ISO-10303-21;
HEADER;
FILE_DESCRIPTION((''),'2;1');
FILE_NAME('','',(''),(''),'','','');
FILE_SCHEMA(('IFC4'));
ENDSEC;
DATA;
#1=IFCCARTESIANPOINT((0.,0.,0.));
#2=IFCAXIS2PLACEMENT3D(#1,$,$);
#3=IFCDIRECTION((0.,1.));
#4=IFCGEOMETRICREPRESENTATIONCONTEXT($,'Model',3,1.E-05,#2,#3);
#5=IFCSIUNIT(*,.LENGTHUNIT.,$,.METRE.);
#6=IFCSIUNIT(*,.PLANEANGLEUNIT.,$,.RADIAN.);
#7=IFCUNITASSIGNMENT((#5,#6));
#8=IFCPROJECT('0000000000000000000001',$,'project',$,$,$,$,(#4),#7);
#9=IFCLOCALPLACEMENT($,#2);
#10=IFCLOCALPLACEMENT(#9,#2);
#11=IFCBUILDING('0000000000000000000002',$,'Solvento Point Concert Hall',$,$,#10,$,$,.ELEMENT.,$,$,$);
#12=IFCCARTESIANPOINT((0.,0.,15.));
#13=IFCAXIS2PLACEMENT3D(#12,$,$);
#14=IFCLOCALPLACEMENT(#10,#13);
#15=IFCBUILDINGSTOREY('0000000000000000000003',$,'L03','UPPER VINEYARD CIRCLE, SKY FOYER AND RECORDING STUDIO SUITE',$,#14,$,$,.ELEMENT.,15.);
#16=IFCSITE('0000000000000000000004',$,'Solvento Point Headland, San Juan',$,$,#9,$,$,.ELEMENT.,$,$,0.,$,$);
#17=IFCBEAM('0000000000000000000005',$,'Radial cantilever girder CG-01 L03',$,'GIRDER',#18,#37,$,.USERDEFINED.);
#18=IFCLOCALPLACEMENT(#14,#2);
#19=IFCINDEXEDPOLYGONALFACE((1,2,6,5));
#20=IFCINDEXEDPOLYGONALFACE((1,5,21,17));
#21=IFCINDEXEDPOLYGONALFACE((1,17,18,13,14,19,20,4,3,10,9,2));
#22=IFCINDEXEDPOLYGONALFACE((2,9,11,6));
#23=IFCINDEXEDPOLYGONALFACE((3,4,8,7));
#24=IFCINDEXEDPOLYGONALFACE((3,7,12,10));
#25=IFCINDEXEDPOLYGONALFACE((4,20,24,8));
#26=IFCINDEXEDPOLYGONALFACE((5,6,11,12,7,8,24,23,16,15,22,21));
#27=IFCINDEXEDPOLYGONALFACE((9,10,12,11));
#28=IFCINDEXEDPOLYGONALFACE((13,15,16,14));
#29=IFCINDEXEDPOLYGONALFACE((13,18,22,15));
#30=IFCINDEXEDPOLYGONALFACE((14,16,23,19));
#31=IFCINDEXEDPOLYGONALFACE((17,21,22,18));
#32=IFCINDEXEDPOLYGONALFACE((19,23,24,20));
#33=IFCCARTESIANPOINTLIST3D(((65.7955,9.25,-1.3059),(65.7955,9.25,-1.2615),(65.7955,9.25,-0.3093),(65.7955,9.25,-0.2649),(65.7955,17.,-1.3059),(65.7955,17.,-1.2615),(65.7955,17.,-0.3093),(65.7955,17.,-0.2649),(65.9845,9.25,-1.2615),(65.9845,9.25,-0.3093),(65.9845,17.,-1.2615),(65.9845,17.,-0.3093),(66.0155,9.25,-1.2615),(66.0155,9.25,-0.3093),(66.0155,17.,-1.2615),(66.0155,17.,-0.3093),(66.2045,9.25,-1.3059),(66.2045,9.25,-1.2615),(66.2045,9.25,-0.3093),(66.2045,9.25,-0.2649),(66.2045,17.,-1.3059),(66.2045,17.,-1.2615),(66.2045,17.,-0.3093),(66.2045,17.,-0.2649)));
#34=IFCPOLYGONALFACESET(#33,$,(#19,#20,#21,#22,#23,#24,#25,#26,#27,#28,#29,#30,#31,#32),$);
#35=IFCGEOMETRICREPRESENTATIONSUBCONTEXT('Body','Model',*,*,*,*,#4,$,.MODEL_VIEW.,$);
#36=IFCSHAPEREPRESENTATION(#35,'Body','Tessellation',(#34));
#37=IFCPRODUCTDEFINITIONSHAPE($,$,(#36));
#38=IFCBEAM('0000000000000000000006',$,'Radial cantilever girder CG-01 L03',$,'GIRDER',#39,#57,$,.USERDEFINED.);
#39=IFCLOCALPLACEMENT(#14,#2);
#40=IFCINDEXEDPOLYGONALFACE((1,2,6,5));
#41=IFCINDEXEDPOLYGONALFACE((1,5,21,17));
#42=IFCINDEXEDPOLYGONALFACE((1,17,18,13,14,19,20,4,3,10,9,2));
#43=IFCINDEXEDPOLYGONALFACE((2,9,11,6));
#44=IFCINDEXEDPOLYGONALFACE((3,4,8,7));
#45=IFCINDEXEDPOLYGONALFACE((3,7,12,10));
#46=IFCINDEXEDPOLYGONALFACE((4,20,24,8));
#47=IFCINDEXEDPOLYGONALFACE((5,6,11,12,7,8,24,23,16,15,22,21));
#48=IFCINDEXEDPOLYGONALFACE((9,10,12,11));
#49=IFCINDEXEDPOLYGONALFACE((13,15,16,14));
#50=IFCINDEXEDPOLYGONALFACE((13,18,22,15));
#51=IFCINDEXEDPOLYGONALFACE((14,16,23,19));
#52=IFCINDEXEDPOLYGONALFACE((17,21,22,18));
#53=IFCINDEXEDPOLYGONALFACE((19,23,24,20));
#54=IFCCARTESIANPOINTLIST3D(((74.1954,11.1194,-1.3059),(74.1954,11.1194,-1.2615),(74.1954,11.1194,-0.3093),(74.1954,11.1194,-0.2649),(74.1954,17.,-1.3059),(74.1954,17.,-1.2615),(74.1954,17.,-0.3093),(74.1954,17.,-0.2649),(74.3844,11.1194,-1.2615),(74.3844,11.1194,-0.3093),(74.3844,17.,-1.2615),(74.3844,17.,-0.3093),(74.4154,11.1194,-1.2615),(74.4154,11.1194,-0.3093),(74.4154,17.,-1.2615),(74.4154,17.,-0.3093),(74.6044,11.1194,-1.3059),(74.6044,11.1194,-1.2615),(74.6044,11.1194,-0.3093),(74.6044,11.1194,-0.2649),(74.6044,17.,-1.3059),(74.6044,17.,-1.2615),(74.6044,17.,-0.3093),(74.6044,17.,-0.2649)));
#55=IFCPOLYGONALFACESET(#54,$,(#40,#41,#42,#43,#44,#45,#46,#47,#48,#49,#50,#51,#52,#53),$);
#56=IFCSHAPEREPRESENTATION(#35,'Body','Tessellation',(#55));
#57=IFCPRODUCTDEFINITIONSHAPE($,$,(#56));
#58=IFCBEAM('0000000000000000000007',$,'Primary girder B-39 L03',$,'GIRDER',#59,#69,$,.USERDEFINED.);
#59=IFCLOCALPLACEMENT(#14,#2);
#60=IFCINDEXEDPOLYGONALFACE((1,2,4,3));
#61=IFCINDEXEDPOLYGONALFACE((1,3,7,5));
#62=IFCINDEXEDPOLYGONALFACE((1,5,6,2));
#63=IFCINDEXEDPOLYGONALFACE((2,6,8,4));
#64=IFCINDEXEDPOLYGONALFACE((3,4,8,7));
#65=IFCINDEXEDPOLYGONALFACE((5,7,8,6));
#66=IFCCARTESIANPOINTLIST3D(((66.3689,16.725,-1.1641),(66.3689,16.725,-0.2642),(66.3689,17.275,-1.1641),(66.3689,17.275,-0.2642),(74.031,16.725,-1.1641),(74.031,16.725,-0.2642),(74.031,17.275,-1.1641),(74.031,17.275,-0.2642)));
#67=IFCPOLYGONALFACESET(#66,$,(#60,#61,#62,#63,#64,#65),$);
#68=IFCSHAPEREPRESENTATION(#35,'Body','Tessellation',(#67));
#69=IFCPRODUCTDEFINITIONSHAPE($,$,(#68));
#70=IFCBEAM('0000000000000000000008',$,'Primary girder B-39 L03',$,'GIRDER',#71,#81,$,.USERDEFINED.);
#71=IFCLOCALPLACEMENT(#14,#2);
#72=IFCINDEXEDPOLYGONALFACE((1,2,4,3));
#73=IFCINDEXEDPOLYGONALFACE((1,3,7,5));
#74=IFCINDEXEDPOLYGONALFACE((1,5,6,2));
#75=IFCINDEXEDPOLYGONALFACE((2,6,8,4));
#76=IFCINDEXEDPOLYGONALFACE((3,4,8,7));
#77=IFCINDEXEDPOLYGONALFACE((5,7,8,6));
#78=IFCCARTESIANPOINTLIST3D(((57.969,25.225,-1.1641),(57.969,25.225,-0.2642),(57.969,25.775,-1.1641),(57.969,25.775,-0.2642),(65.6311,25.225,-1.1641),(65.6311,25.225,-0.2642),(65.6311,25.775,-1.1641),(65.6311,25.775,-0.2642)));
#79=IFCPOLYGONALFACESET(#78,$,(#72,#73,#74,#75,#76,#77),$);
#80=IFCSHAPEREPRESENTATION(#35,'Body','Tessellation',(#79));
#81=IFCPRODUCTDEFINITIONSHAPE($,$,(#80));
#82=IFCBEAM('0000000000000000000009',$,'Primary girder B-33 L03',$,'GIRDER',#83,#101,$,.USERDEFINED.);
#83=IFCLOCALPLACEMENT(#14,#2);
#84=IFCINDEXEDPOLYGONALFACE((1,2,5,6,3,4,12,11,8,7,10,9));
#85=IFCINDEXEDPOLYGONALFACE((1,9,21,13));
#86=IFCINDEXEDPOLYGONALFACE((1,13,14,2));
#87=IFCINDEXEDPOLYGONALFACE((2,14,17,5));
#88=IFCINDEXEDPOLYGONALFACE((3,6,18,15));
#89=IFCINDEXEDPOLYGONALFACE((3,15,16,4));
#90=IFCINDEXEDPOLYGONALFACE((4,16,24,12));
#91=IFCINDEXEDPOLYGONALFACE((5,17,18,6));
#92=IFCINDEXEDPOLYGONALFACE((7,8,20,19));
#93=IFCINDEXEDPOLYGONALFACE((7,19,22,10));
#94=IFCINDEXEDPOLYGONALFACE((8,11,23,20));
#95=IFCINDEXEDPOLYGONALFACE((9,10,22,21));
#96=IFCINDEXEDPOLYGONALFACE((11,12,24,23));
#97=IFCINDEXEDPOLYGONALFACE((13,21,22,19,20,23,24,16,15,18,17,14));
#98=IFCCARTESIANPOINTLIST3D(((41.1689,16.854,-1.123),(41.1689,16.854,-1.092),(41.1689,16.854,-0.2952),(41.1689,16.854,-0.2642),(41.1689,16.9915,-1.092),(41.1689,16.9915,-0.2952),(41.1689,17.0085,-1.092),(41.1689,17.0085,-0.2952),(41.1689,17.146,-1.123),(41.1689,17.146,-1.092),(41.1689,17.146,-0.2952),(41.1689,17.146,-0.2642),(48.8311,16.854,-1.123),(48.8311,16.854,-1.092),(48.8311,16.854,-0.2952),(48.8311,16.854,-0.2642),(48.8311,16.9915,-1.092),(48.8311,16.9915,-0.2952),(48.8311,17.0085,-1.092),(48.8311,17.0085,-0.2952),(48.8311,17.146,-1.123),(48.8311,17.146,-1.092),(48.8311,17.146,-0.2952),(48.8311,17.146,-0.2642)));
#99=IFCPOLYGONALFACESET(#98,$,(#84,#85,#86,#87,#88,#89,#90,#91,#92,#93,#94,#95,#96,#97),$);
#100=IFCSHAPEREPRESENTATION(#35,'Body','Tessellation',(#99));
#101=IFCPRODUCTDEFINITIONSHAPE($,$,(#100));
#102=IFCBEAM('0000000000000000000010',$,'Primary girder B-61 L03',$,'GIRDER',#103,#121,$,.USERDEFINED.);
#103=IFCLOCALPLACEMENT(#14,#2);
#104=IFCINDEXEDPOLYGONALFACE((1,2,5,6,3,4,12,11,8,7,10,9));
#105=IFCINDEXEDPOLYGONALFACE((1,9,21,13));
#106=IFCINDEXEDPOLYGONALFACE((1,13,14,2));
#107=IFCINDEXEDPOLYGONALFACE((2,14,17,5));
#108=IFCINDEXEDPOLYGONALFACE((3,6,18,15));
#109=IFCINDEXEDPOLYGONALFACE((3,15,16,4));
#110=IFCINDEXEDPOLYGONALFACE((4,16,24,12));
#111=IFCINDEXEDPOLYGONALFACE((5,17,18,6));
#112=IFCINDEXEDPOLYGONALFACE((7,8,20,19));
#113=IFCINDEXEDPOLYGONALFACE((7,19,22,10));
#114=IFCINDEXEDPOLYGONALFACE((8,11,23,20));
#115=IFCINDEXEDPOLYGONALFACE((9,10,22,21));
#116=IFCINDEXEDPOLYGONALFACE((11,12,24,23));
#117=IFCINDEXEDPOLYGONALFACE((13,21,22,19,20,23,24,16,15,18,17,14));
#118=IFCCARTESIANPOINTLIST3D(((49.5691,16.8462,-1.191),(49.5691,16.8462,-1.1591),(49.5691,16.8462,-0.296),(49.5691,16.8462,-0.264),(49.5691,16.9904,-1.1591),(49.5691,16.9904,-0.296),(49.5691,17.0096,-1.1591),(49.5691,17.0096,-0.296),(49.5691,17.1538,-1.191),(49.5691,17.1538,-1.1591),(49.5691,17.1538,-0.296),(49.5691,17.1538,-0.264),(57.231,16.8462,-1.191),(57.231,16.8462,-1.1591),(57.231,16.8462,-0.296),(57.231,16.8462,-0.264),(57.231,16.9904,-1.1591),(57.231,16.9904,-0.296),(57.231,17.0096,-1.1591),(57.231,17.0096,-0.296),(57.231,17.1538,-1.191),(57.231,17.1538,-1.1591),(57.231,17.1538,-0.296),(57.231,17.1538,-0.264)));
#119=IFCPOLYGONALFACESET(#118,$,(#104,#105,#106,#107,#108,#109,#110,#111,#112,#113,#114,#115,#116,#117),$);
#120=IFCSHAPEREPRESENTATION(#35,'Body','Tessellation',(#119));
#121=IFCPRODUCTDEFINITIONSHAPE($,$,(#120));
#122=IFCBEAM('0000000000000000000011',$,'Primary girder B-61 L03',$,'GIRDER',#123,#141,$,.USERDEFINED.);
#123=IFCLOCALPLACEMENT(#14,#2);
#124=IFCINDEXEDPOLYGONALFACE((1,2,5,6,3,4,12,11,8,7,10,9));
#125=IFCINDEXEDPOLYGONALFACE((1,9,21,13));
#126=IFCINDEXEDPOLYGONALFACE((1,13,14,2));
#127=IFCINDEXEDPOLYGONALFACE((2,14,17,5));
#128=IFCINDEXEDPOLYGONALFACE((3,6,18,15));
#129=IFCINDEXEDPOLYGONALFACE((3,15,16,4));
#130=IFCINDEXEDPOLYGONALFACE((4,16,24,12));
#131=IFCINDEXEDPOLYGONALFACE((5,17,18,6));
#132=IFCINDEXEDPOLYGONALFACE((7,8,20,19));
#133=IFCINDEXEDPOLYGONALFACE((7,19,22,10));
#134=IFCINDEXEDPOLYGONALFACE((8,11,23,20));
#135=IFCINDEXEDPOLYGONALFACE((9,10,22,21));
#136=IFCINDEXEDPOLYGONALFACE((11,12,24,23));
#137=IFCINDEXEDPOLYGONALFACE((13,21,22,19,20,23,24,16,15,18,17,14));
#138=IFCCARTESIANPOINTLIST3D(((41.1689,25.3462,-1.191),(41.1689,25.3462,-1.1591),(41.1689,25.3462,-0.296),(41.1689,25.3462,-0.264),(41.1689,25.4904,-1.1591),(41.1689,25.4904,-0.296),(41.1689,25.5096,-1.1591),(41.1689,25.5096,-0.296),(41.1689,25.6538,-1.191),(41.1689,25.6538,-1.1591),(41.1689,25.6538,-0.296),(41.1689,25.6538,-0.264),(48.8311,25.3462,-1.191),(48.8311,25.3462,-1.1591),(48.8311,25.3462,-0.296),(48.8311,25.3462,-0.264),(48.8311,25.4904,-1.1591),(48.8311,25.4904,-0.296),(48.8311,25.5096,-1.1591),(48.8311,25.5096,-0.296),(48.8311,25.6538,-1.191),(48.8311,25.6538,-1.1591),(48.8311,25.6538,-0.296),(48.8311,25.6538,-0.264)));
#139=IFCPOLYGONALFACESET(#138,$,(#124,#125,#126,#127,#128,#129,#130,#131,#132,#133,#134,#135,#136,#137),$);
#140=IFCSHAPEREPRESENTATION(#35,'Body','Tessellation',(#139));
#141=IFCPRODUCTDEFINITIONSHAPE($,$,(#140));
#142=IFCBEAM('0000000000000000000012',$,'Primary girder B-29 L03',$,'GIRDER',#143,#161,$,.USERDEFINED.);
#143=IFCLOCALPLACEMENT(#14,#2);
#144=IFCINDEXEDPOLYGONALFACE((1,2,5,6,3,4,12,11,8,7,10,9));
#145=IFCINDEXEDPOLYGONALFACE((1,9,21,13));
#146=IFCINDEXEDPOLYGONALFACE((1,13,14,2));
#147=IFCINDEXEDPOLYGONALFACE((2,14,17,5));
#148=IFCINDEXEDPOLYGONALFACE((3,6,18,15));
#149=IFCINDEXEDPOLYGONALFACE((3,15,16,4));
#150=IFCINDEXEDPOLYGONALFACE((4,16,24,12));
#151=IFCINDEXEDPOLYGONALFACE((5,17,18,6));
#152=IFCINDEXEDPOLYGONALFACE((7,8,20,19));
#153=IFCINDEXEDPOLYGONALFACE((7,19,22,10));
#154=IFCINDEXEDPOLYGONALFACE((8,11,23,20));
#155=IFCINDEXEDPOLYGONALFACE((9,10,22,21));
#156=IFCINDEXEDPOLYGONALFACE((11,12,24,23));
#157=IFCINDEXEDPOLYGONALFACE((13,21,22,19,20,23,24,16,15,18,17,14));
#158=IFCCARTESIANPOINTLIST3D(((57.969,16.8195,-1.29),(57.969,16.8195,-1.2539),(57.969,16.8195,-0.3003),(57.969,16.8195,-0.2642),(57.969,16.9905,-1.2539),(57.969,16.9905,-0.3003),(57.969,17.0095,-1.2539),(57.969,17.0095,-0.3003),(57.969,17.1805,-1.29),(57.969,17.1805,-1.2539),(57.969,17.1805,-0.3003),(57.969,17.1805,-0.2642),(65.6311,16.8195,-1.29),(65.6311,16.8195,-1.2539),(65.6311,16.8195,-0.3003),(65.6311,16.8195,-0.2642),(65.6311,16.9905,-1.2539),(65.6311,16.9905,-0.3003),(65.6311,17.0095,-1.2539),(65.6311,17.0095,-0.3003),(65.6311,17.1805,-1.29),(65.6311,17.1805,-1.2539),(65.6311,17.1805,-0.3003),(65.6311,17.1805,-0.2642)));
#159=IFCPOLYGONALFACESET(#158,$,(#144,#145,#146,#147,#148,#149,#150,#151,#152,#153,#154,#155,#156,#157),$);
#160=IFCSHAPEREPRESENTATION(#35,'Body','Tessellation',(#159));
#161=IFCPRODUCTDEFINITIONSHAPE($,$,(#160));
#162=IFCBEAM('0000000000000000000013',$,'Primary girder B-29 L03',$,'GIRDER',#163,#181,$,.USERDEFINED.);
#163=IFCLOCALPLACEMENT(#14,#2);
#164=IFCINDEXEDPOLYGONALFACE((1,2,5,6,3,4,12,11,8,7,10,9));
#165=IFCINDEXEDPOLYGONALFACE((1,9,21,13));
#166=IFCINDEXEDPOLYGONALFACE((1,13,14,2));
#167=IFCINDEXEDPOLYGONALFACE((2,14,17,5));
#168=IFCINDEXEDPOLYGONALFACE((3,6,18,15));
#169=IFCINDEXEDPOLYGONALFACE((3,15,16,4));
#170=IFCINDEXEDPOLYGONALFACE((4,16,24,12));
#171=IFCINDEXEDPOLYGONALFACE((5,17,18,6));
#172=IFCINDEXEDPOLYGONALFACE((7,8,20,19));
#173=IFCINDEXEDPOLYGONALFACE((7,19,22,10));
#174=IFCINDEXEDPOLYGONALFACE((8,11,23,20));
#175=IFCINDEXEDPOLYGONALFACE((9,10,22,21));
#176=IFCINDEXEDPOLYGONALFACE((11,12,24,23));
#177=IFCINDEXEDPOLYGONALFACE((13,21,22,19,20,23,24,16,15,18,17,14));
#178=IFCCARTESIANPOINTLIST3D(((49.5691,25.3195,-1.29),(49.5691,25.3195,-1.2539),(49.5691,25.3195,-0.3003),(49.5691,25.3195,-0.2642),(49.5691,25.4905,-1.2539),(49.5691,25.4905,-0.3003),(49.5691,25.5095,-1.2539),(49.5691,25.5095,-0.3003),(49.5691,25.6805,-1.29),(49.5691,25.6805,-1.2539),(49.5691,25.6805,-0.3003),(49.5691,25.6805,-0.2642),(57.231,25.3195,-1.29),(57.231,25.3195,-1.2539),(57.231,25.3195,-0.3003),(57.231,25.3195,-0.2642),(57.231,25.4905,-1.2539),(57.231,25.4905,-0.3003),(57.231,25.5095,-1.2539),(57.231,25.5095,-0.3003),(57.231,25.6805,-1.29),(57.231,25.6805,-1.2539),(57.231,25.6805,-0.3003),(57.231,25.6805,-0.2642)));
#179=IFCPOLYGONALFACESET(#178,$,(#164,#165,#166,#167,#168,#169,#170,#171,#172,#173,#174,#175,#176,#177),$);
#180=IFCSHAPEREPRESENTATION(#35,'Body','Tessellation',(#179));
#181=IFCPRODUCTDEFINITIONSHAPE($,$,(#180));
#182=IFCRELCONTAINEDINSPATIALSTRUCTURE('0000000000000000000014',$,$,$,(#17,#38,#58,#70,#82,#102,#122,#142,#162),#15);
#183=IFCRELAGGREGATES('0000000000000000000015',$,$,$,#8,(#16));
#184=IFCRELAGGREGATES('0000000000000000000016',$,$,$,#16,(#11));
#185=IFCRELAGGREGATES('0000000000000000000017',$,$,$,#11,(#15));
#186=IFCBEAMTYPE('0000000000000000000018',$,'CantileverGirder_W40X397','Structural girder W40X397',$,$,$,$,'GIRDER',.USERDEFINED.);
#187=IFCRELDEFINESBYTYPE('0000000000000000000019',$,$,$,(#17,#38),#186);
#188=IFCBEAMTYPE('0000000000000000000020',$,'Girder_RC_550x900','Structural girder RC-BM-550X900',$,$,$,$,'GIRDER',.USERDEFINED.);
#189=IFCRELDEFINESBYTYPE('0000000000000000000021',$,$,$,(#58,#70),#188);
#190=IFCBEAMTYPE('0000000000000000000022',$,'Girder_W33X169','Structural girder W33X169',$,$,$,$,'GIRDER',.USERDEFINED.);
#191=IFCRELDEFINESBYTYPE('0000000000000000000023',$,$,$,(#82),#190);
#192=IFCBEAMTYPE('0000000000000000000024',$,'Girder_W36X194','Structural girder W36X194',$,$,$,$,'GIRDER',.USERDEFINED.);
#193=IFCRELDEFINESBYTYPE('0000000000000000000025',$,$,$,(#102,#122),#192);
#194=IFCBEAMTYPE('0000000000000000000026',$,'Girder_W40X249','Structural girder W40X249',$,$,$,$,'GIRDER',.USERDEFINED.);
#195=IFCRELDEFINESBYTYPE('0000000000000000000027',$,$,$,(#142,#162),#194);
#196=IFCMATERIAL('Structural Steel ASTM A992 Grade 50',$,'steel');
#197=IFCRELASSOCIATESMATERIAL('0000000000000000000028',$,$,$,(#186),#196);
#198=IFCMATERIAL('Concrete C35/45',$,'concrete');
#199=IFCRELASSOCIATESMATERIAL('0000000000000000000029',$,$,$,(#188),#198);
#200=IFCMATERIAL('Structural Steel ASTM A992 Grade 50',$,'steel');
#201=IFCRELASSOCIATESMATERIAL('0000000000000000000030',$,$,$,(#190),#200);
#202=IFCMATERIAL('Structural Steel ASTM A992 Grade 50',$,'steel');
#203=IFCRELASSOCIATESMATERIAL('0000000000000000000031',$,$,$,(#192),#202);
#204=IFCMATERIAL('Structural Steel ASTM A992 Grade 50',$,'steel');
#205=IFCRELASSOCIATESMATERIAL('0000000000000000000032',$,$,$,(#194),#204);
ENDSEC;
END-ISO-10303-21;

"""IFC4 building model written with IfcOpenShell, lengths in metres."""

from ifc_helpers import new_model, si_unit, direction, frame, origin, origin_2d, place, context, subcontext, project, spatial, rectangle, i_section, extrude, material, material_profile, profile_set, type_object, element, save


model = new_model("IFC4")

# Units and contexts
model_context = context("Model", 3, precision=1e-05, world=origin(), true_north=direction((0.0, 1.0)))
body_context = subcontext(model_context, "Body", "Model", "MODEL_VIEW")
ifc_project = project(units=[si_unit("LENGTHUNIT", "METRE"), si_unit("PLANEANGLEUNIT", "RADIAN")], contexts=[model_context])

# Site, building, storey
site_placement = place(None, origin())
site = spatial("IfcSite", under=ifc_project, at=site_placement, Name="Solvento Point Headland, San Juan", CompositionType="ELEMENT", RefElevation=0.0)
building_placement = place(site_placement, origin())
building = spatial("IfcBuilding", under=site, at=building_placement, Name="Solvento Point Concert Hall", CompositionType="ELEMENT")
storey_placement = place(building_placement, frame((0.0, 0.0, 15.0)))
storey = spatial("IfcBuildingStorey", under=building, at=storey_placement, Name="L03", Description="UPPER VINEYARD CIRCLE, SKY FOYER AND RECORDING STUDIO SUITE", CompositionType="ELEMENT", Elevation=15.0)

# Beams
ifc_material_1 = material(Name="Structural Steel ASTM A992 Grade 50", Category="steel")
ifc_material_profile_1 = material_profile(ifc_material_1, i_section(OverallWidth=0.4089, OverallDepth=1.041, WebThickness=0.031, FlangeThickness=0.0444, at=origin_2d()), Name="W40X397")
ifc_profile_set_1 = profile_set([ifc_material_profile_1], Name="Structural Steel ASTM A992 Grade 50")
beam_type_1 = type_object("IfcBeamType", Name="CantileverGirder_W40X397", Description="Structural girder W40X397", ElementType="GIRDER", PredefinedType="USERDEFINED", material=ifc_profile_set_1)
for number, where, z_axis, x_axis, name in (
    (1, (66.0, 17.0, -0.7854), (0.0, -1.0, 0.0), (1.0, 0.0, 0.0), "Radial cantilever girder CG-01 L03"),
):
    element("IfcBeam", number, at=place(storey_placement, frame(where, z_axis=z_axis, x_axis=x_axis)), inside=storey, type_object=beam_type_1, Name=name, ObjectType="GIRDER", PredefinedType="USERDEFINED", context=body_context, shape_type="SweptSolid", body=[
        extrude(i_section(OverallWidth=0.4089, OverallDepth=1.041, WebThickness=0.031, FlangeThickness=0.0444, at=origin_2d()), origin(), (0.0, 0.0, 1.0), 7.75),
    ])
beam_1_placement = place(storey_placement, frame((74.3999, 17.0, -0.7854), z_axis=(0.0, -1.0, 0.0), x_axis=(1.0, 0.0, 0.0)))
element("IfcBeam", 2, at=beam_1_placement, inside=storey, type_object=beam_type_1, Name="Radial cantilever girder CG-01 L03", ObjectType="GIRDER", PredefinedType="USERDEFINED", context=body_context, shape_type="SweptSolid", body=[
    extrude(i_section(OverallWidth=0.4089, OverallDepth=1.041, WebThickness=0.031, FlangeThickness=0.0444, at=origin_2d()), origin(), (0.0, 0.0, 1.0), 5.8806),
])
ifc_material_2 = material(Name="Concrete C35/45", Category="concrete")
ifc_material_profile_2 = material_profile(ifc_material_2, rectangle(XDim=0.55, YDim=0.8999, at=origin_2d()), Name="RC-BM-550X900")
ifc_profile_set_2 = profile_set([ifc_material_profile_2], Name="Concrete C35/45")
beam_type_2 = type_object("IfcBeamType", Name="Girder_RC_550x900", Description="Structural girder RC-BM-550X900", ElementType="GIRDER", PredefinedType="USERDEFINED", material=ifc_profile_set_2)
for number, where, z_axis, x_axis, name in (
    (3, (66.3689, 17.0, -0.7141), (1.0, 0.0, 0.0), (0.0, 1.0, 0.0), "Primary girder B-39 L03"),
    (4, (57.969, 25.5, -0.7141), (1.0, 0.0, 0.0), (0.0, 1.0, 0.0), "Primary girder B-39 L03"),
):
    element("IfcBeam", number, at=place(storey_placement, frame(where, z_axis=z_axis, x_axis=x_axis)), inside=storey, type_object=beam_type_2, Name=name, ObjectType="GIRDER", PredefinedType="USERDEFINED", context=body_context, shape_type="SweptSolid", body=[
        extrude(rectangle(XDim=0.55, YDim=0.8999, at=origin_2d()), origin(), (0.0, 0.0, 1.0), 7.6621),
    ])
ifc_material_3 = material(Name="Structural Steel ASTM A992 Grade 50", Category="steel")
ifc_material_profile_3 = material_profile(ifc_material_3, i_section(OverallWidth=0.292, OverallDepth=0.8589, WebThickness=0.0171, FlangeThickness=0.031, at=origin_2d()), Name="W33X169")
ifc_profile_set_3 = profile_set([ifc_material_profile_3], Name="Structural Steel ASTM A992 Grade 50")
beam_type_3 = type_object("IfcBeamType", Name="Girder_W33X169", Description="Structural girder W33X169", ElementType="GIRDER", PredefinedType="USERDEFINED", material=ifc_profile_set_3)
beam_2_placement = place(storey_placement, frame((41.1689, 17.0, -0.6936), z_axis=(1.0, 0.0, 0.0), x_axis=(0.0, 1.0, 0.0)))
element("IfcBeam", 5, at=beam_2_placement, inside=storey, type_object=beam_type_3, Name="Primary girder B-33 L03", ObjectType="GIRDER", PredefinedType="USERDEFINED", context=body_context, shape_type="SweptSolid", body=[
    extrude(i_section(OverallWidth=0.292, OverallDepth=0.8589, WebThickness=0.0171, FlangeThickness=0.031, at=origin_2d()), origin(), (0.0, 0.0, 1.0), 7.6621),
])
ifc_material_4 = material(Name="Structural Steel ASTM A992 Grade 50", Category="steel")
ifc_material_profile_4 = material_profile(ifc_material_4, i_section(OverallWidth=0.3076, OverallDepth=0.927, WebThickness=0.0193, FlangeThickness=0.032, at=origin_2d()), Name="W36X194")
ifc_profile_set_4 = profile_set([ifc_material_profile_4], Name="Structural Steel ASTM A992 Grade 50")
beam_type_4 = type_object("IfcBeamType", Name="Girder_W36X194", Description="Structural girder W36X194", ElementType="GIRDER", PredefinedType="USERDEFINED", material=ifc_profile_set_4)
beam_3_placement = place(storey_placement, frame((49.5691, 17.0, -0.7275), z_axis=(1.0, 0.0, 0.0), x_axis=(0.0, 1.0, 0.0)))
element("IfcBeam", 6, at=beam_3_placement, inside=storey, type_object=beam_type_4, Name="Primary girder B-61 L03", ObjectType="GIRDER", PredefinedType="USERDEFINED", context=body_context, shape_type="SweptSolid", body=[
    extrude(i_section(OverallWidth=0.3076, OverallDepth=0.927, WebThickness=0.0193, FlangeThickness=0.032, at=origin_2d()), origin(), (0.0, 0.0, 1.0), 7.6619),
])
beam_4_placement = place(storey_placement, frame((41.1689, 25.5, -0.7275), z_axis=(1.0, 0.0, 0.0), x_axis=(0.0, 1.0, 0.0)))
element("IfcBeam", 7, at=beam_4_placement, inside=storey, type_object=beam_type_4, Name="Primary girder B-61 L03", ObjectType="GIRDER", PredefinedType="USERDEFINED", context=body_context, shape_type="SweptSolid", body=[
    extrude(i_section(OverallWidth=0.3076, OverallDepth=0.927, WebThickness=0.0193, FlangeThickness=0.032, at=origin_2d()), origin(), (0.0, 0.0, 1.0), 7.6621),
])
ifc_material_5 = material(Name="Structural Steel ASTM A992 Grade 50", Category="steel")
ifc_material_profile_5 = material_profile(ifc_material_5, i_section(OverallWidth=0.3611, OverallDepth=1.0259, WebThickness=0.019, FlangeThickness=0.0361, at=origin_2d()), Name="W40X249")
ifc_profile_set_5 = profile_set([ifc_material_profile_5], Name="Structural Steel ASTM A992 Grade 50")
beam_type_5 = type_object("IfcBeamType", Name="Girder_W40X249", Description="Structural girder W40X249", ElementType="GIRDER", PredefinedType="USERDEFINED", material=ifc_profile_set_5)
beam_5_placement = place(storey_placement, frame((57.969, 17.0, -0.7771), z_axis=(1.0, 0.0, 0.0), x_axis=(0.0, 1.0, 0.0)))
element("IfcBeam", 8, at=beam_5_placement, inside=storey, type_object=beam_type_5, Name="Primary girder B-29 L03", ObjectType="GIRDER", PredefinedType="USERDEFINED", context=body_context, shape_type="SweptSolid", body=[
    extrude(i_section(OverallWidth=0.3611, OverallDepth=1.0259, WebThickness=0.019, FlangeThickness=0.0361, at=origin_2d()), origin(), (0.0, 0.0, 1.0), 7.6621),
])
beam_6_placement = place(storey_placement, frame((49.5691, 25.5, -0.7771), z_axis=(1.0, 0.0, 0.0), x_axis=(0.0, 1.0, 0.0)))
element("IfcBeam", 9, at=beam_6_placement, inside=storey, type_object=beam_type_5, Name="Primary girder B-29 L03", ObjectType="GIRDER", PredefinedType="USERDEFINED", context=body_context, shape_type="SweptSolid", body=[
    extrude(i_section(OverallWidth=0.3611, OverallDepth=1.0259, WebThickness=0.019, FlangeThickness=0.0361, at=origin_2d()), origin(), (0.0, 0.0, 1.0), 7.6619),
])

save(model, "model.ifc")
